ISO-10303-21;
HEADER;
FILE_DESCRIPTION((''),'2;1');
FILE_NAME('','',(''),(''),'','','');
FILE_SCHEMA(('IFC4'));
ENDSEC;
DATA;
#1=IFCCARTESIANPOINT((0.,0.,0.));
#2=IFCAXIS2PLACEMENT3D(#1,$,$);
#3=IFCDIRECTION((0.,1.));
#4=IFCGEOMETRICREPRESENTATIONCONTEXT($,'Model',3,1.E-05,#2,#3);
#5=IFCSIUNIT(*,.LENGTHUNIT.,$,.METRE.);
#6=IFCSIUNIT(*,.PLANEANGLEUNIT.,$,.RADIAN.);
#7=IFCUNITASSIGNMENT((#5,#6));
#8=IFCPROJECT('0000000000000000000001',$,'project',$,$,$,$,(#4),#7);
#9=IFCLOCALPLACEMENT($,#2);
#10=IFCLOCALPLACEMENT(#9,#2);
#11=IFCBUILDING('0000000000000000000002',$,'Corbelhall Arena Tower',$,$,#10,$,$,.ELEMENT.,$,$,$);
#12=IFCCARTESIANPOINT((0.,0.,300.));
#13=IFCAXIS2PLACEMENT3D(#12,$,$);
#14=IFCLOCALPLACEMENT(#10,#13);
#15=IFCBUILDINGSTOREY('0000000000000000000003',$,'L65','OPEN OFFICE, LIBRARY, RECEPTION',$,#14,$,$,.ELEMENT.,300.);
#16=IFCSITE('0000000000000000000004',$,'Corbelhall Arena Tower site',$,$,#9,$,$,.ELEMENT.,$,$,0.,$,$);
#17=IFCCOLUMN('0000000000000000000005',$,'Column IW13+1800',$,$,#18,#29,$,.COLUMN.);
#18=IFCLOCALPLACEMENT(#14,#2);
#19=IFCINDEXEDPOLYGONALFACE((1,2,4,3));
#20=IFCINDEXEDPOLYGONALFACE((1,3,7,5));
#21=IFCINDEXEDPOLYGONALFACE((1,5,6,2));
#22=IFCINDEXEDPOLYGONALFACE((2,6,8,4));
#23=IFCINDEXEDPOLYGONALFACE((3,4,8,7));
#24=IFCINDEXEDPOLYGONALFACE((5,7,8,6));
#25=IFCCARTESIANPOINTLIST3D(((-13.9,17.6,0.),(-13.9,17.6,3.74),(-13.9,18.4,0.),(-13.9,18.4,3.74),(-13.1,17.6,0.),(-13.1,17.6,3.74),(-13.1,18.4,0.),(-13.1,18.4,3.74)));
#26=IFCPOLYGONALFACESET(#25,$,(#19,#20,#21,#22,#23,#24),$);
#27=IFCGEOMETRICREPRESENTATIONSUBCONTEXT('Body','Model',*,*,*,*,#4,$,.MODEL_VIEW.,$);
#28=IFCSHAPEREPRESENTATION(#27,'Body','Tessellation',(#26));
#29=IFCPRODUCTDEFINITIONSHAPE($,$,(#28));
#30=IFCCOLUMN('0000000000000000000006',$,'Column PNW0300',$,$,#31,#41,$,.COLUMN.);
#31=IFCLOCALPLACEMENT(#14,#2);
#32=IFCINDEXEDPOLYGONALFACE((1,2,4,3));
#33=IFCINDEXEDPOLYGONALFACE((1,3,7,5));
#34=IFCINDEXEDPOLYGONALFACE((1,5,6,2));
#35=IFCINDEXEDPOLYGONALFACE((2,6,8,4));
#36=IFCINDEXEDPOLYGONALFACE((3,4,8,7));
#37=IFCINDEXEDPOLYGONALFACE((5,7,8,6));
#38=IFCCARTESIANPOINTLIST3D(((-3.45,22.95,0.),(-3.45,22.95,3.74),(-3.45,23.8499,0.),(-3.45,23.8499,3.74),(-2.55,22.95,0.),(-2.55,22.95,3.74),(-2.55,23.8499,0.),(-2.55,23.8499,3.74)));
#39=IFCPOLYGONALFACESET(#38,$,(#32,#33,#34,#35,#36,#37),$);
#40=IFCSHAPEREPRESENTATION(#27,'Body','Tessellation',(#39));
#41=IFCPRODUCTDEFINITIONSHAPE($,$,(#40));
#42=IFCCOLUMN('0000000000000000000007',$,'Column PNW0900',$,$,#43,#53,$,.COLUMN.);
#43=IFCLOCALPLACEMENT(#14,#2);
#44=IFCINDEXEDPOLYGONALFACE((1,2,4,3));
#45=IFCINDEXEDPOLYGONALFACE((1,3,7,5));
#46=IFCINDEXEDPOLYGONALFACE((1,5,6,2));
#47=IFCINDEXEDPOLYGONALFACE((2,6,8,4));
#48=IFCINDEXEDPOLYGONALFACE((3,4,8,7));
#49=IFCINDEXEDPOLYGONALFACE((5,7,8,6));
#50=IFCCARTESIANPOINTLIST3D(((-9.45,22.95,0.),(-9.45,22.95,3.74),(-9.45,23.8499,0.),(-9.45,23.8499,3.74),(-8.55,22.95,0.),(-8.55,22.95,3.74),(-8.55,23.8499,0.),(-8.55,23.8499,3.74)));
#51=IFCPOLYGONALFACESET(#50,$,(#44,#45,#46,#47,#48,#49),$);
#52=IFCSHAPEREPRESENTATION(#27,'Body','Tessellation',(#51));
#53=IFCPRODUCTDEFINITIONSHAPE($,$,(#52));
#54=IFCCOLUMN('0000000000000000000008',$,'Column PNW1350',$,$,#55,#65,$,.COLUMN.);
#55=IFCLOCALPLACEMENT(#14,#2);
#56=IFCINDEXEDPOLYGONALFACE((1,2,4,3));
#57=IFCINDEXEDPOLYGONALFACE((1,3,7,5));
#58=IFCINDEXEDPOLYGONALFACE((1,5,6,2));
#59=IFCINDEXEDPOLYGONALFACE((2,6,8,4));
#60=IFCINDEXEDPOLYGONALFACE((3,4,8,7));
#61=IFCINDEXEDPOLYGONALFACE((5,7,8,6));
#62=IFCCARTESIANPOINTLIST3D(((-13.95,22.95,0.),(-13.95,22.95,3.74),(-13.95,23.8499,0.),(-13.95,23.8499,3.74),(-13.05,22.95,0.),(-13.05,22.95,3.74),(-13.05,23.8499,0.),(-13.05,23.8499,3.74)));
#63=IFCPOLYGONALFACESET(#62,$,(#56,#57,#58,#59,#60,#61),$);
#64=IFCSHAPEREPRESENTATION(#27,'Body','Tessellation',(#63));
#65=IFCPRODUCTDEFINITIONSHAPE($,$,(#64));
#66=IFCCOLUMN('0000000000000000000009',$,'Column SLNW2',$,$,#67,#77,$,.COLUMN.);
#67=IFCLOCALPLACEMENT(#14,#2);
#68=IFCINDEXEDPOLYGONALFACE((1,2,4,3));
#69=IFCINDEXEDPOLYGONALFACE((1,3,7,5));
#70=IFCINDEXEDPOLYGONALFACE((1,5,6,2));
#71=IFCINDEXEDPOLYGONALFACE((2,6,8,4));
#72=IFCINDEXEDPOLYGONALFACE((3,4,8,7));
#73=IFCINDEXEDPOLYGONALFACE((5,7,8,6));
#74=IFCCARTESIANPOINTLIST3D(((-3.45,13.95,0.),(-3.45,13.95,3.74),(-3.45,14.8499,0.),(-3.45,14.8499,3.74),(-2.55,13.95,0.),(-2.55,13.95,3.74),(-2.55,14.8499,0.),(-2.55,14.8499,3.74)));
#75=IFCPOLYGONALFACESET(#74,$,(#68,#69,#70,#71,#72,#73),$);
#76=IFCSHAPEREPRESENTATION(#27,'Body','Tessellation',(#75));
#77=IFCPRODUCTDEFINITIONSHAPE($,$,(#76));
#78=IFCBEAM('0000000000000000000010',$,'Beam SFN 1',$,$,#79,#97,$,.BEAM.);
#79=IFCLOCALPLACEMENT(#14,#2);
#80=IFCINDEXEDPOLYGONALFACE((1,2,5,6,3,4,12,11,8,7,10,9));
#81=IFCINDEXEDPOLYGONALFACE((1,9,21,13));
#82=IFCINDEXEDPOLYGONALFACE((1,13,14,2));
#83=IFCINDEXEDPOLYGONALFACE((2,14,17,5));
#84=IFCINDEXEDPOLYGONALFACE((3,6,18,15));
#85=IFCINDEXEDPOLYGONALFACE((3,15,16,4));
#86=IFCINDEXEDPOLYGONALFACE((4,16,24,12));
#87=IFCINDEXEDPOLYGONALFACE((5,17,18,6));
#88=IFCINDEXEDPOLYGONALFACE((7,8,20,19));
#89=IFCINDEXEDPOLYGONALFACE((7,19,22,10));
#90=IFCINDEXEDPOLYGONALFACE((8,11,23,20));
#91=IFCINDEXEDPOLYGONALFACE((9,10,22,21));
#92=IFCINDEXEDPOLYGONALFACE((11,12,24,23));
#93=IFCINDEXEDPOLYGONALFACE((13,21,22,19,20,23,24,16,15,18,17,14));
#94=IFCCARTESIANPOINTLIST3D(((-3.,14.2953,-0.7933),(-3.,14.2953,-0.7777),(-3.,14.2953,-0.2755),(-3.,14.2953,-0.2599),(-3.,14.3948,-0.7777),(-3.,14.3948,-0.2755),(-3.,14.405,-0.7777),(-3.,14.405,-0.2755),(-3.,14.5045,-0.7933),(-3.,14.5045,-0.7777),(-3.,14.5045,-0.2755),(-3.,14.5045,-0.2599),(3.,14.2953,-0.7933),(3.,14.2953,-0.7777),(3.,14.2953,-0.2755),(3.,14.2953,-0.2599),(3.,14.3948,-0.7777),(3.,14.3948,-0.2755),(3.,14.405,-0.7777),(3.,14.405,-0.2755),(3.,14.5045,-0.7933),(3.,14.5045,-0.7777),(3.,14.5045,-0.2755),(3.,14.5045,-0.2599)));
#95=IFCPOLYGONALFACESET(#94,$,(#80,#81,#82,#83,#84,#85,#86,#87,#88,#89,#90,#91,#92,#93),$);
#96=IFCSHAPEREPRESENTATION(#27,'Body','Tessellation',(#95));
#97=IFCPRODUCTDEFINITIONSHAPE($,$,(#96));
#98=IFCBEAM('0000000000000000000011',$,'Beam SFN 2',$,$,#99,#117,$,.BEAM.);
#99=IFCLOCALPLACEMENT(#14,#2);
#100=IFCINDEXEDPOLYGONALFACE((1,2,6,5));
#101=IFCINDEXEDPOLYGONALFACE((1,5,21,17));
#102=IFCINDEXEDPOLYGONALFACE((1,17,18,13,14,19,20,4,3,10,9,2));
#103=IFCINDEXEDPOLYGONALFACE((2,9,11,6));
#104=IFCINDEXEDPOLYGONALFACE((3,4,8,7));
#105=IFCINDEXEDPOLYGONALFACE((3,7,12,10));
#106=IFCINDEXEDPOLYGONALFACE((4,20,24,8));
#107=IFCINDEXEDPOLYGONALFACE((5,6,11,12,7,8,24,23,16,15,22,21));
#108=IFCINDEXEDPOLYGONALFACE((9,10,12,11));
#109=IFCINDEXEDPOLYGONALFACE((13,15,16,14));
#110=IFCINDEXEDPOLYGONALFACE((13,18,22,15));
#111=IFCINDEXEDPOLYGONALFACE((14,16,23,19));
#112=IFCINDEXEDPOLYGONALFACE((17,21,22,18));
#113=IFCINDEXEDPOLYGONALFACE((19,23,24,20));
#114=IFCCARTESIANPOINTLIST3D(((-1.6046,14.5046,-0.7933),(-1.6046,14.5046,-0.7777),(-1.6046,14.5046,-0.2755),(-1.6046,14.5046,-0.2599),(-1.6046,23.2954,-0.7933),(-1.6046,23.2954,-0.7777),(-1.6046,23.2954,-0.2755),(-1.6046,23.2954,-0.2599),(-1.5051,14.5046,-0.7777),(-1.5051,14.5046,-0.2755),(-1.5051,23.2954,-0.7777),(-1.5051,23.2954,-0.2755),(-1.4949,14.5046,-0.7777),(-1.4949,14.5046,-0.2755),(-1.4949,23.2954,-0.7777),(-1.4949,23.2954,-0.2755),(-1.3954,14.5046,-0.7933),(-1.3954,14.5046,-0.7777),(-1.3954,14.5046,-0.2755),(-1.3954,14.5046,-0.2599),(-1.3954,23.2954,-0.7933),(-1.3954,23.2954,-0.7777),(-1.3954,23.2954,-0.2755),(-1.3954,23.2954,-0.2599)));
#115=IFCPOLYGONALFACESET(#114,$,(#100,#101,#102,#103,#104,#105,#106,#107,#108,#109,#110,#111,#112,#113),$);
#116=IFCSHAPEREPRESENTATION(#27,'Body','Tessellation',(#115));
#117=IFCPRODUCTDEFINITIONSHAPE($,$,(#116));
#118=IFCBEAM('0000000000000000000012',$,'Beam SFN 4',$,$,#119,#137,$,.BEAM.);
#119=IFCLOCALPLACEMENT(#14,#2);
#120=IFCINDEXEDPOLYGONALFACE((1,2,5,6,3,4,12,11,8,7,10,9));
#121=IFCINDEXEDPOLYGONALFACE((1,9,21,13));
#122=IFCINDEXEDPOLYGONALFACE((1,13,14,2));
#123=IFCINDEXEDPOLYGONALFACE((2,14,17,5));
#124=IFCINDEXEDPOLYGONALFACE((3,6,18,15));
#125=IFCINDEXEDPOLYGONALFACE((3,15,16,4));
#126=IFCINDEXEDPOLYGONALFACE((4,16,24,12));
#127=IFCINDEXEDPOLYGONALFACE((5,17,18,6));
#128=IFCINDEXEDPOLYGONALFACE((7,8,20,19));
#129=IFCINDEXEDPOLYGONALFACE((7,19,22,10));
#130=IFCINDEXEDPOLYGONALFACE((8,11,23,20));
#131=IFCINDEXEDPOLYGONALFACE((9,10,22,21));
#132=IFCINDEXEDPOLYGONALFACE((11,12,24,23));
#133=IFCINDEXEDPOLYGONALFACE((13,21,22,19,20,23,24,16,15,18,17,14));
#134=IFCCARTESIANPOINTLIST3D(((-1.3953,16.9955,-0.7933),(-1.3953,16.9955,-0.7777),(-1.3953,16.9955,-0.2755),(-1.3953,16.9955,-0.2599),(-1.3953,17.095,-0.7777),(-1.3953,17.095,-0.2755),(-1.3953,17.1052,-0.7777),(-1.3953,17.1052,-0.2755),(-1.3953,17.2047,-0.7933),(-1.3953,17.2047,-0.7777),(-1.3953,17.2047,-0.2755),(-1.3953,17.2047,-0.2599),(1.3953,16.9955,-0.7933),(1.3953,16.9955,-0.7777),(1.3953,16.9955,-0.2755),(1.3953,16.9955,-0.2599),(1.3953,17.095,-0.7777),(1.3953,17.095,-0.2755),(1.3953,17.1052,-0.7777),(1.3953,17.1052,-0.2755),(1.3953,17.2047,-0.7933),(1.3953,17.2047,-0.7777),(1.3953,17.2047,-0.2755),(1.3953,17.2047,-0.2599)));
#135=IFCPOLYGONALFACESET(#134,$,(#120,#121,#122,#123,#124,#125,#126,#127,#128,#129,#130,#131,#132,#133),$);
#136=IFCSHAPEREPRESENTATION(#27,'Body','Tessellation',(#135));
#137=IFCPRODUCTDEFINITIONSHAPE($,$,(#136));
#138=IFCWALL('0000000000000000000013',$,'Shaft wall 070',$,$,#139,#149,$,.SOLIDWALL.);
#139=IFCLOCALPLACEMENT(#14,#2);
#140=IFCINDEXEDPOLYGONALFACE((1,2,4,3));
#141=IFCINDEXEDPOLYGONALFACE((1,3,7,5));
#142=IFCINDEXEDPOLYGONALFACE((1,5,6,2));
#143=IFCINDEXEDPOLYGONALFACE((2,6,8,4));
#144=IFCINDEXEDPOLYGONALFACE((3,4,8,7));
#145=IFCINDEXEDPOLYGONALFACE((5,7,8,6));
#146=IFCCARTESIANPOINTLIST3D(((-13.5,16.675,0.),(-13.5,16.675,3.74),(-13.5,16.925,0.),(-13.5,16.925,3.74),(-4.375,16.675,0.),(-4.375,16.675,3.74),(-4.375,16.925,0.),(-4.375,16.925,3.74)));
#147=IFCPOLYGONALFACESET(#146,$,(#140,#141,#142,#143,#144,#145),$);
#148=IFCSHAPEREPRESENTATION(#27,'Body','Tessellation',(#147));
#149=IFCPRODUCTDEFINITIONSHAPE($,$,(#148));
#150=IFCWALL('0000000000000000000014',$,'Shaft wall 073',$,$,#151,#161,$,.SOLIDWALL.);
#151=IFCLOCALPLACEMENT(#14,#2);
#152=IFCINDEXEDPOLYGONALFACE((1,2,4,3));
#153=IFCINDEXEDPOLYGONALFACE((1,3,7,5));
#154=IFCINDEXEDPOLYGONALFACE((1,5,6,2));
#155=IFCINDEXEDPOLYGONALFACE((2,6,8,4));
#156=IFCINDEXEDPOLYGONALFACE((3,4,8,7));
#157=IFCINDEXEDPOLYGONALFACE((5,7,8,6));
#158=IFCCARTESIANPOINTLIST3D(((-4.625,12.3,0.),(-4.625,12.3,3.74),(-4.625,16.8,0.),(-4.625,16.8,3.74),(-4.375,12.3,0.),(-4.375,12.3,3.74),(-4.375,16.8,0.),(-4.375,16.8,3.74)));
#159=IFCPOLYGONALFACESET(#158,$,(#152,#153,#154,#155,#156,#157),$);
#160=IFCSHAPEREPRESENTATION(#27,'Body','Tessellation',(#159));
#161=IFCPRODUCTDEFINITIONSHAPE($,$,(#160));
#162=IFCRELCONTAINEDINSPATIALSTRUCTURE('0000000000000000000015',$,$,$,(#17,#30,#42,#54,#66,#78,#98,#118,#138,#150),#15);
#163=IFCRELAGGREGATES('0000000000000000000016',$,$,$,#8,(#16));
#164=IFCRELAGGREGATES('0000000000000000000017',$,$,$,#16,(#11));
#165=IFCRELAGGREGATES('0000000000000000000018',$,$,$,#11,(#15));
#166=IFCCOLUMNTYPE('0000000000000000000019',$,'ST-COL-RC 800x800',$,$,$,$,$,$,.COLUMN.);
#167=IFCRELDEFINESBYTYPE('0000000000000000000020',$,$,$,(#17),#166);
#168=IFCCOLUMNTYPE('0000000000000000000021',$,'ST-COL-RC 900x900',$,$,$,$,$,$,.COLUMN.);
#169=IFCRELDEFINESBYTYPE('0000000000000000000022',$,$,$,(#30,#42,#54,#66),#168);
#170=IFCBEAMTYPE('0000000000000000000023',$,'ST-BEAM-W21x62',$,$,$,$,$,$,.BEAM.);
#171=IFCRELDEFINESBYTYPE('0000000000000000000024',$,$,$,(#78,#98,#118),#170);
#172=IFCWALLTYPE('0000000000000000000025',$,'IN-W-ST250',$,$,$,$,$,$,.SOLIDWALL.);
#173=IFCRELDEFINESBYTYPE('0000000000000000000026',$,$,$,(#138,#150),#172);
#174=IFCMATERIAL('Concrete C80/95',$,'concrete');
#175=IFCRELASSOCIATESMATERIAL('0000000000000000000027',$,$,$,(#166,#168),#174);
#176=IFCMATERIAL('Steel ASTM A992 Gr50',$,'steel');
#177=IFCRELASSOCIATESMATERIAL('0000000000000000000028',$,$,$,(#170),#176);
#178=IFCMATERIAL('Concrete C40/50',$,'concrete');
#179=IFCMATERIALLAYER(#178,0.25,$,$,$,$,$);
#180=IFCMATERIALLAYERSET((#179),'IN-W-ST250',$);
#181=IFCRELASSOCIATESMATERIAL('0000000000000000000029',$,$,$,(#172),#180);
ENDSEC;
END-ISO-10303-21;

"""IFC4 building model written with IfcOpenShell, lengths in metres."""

from ifc_helpers import new_model, si_unit, direction, frame, frame_2d, origin, origin_2d, place, context, subcontext, project, spatial, rectangle, i_section, extrude, material, layer, layer_set, material_profile, profile_set, type_object, element, save


model = new_model("IFC4")

# Units and contexts
model_context = context("Model", 3, precision=1e-05, world=origin(), true_north=direction((0.0, 1.0)))
body_context = subcontext(model_context, "Body", "Model", "MODEL_VIEW")
ifc_project = project(units=[si_unit("LENGTHUNIT", "METRE"), si_unit("PLANEANGLEUNIT", "RADIAN")], contexts=[model_context])

# Site, building, storey
site_placement = place(None, origin())
site = spatial("IfcSite", under=ifc_project, at=site_placement, Name="Corbelhall Arena Tower site", CompositionType="ELEMENT", RefElevation=0.0)
building_placement = place(site_placement, origin())
building = spatial("IfcBuilding", under=site, at=building_placement, Name="Corbelhall Arena Tower", CompositionType="ELEMENT")
storey_placement = place(building_placement, frame((0.0, 0.0, 300.0)))
storey = spatial("IfcBuildingStorey", under=building, at=storey_placement, Name="L65", Description="OPEN OFFICE, LIBRARY, RECEPTION", CompositionType="ELEMENT", Elevation=300.0)

# Columns
ifc_material_1 = material(Name="Concrete C80/95", Category="concrete")
ifc_material_profile_1 = material_profile(ifc_material_1, rectangle(XDim=0.8, YDim=0.8, at=origin_2d()))
ifc_profile_set_1 = profile_set([ifc_material_profile_1], Name="Concrete C80/95")
column_type_1 = type_object("IfcColumnType", Name="ST-COL-RC 800x800", PredefinedType="COLUMN", material=ifc_profile_set_1)
column_placement = place(storey_placement, frame((-13.5, 18.0, 0.0), z_axis=(0.0, 0.0, 1.0), x_axis=(1.0, 0.0, 0.0)))
element("IfcColumn", 1, at=column_placement, inside=storey, type_object=column_type_1, Name="Column IW13+1800", PredefinedType="COLUMN", context=body_context, shape_type="SweptSolid", body=[
    extrude(rectangle(XDim=0.8, YDim=0.8, at=origin_2d()), origin(), (0.0, 0.0, 1.0), 3.74),
])
ifc_material_profile_2 = material_profile(ifc_material_1, rectangle(XDim=0.8999, YDim=0.8999, at=origin_2d()))
ifc_profile_set_2 = profile_set([ifc_material_profile_2], Name="Concrete C80/95")
column_type_2 = type_object("IfcColumnType", Name="ST-COL-RC 900x900", PredefinedType="COLUMN", material=ifc_profile_set_2)
for number, where, z_axis, x_axis, name in (
    (2, (-3.0, 23.3999, 0.0), (0.0, 0.0, 1.0), (1.0, 0.0, 0.0), "Column PNW0300"),
    (3, (-9.0, 23.3999, 0.0), (0.0, 0.0, 1.0), (1.0, 0.0, 0.0), "Column PNW0900"),
    (4, (-13.5, 23.3999, 0.0), (0.0, 0.0, 1.0), (1.0, 0.0, 0.0), "Column PNW1350"),
    (5, (-3.0, 14.3999, 0.0), (0.0, 0.0, 1.0), (1.0, 0.0, 0.0), "Column SLNW2"),
):
    element("IfcColumn", number, at=place(storey_placement, frame(where, z_axis=z_axis, x_axis=x_axis)), inside=storey, type_object=column_type_2, Name=name, PredefinedType="COLUMN", context=body_context, shape_type="SweptSolid", body=[
        extrude(rectangle(XDim=0.8999, YDim=0.8999, at=origin_2d()), origin(), (0.0, 0.0, 1.0), 3.74),
    ])

# Beams
ifc_material_2 = material(Name="Steel ASTM A992 Gr50", Category="steel")
ifc_material_profile_3 = material_profile(ifc_material_2, i_section(OverallWidth=0.2092, OverallDepth=0.5334, WebThickness=0.0103, FlangeThickness=0.0156, at=origin_2d()))
ifc_profile_set_3 = profile_set([ifc_material_profile_3], Name="Steel ASTM A992 Gr50")
beam_type = type_object("IfcBeamType", Name="ST-BEAM-W21x62", PredefinedType="BEAM", material=ifc_profile_set_3)
beam_1_placement = place(storey_placement, frame((-3.0, 14.3999, -0.5266), z_axis=(1.0, 0.0, 0.0), x_axis=(0.0, 1.0, 0.0)))
element("IfcBeam", 6, at=beam_1_placement, inside=storey, type_object=beam_type, Name="Beam SFN 1", PredefinedType="BEAM", context=body_context, shape_type="SweptSolid", body=[
    extrude(i_section(OverallWidth=0.2092, OverallDepth=0.5334, WebThickness=0.0103, FlangeThickness=0.0156, at=origin_2d()), origin(), (0.0, 0.0, 1.0), 6.0),
])
beam_2_placement = place(storey_placement, frame((-1.5, 14.5046, -0.5266), z_axis=(0.0, 1.0, 0.0), x_axis=(-1.0, 0.0, 0.0)))
element("IfcBeam", 7, at=beam_2_placement, inside=storey, type_object=beam_type, Name="Beam SFN 2", PredefinedType="BEAM", context=body_context, shape_type="SweptSolid", body=[
    extrude(i_section(OverallWidth=0.2092, OverallDepth=0.5334, WebThickness=0.0103, FlangeThickness=0.0156, at=origin_2d()), origin(), (0.0, 0.0, 1.0), 8.7908),
])
beam_3_placement = place(storey_placement, frame((-1.3953, 17.1001, -0.5266), z_axis=(1.0, 0.0, 0.0), x_axis=(0.0, 1.0, 0.0)))
element("IfcBeam", 8, at=beam_3_placement, inside=storey, type_object=beam_type, Name="Beam SFN 4", PredefinedType="BEAM", context=body_context, shape_type="SweptSolid", body=[
    extrude(i_section(OverallWidth=0.2092, OverallDepth=0.5334, WebThickness=0.0103, FlangeThickness=0.0156, at=origin_2d()), origin(), (0.0, 0.0, 1.0), 2.7905),
])

# Walls
ifc_material_3 = material(Name="Concrete C40/50", Category="concrete")
ifc_layer_1 = layer(ifc_material_3, 0.25)
ifc_layer_set_1 = layer_set([ifc_layer_1], Name="IN-W-ST250")
wall_type_1 = type_object("IfcWallType", Name="IN-W-ST250", PredefinedType="SOLIDWALL", material=ifc_layer_set_1)
wall_1_placement = place(storey_placement, frame((-13.5, 16.8, 0.0), z_axis=(0.0, 0.0, 1.0), x_axis=(1.0, 0.0, 0.0)))
element("IfcWall", 9, at=wall_1_placement, inside=storey, type_object=wall_type_1, Name="Shaft wall 070", PredefinedType="SOLIDWALL", context=body_context, shape_type="SweptSolid", body=[
    extrude(rectangle(XDim=9.125, YDim=0.25, at=frame_2d((4.5625, 0.0))), origin(), (0.0, 0.0, 1.0), 3.74),
])
wall_2_placement = place(storey_placement, frame((-4.5, 16.8, 0.0), z_axis=(0.0, 0.0, 1.0), x_axis=(0.0, -1.0, 0.0)))
element("IfcWall", 10, at=wall_2_placement, inside=storey, type_object=wall_type_1, Name="Shaft wall 073", PredefinedType="SOLIDWALL", context=body_context, shape_type="SweptSolid", body=[
    extrude(rectangle(XDim=4.5, YDim=0.25, at=frame_2d((2.25, 0.0))), origin(), (0.0, 0.0, 1.0), 3.74),
])

save(model, "model.ifc")
